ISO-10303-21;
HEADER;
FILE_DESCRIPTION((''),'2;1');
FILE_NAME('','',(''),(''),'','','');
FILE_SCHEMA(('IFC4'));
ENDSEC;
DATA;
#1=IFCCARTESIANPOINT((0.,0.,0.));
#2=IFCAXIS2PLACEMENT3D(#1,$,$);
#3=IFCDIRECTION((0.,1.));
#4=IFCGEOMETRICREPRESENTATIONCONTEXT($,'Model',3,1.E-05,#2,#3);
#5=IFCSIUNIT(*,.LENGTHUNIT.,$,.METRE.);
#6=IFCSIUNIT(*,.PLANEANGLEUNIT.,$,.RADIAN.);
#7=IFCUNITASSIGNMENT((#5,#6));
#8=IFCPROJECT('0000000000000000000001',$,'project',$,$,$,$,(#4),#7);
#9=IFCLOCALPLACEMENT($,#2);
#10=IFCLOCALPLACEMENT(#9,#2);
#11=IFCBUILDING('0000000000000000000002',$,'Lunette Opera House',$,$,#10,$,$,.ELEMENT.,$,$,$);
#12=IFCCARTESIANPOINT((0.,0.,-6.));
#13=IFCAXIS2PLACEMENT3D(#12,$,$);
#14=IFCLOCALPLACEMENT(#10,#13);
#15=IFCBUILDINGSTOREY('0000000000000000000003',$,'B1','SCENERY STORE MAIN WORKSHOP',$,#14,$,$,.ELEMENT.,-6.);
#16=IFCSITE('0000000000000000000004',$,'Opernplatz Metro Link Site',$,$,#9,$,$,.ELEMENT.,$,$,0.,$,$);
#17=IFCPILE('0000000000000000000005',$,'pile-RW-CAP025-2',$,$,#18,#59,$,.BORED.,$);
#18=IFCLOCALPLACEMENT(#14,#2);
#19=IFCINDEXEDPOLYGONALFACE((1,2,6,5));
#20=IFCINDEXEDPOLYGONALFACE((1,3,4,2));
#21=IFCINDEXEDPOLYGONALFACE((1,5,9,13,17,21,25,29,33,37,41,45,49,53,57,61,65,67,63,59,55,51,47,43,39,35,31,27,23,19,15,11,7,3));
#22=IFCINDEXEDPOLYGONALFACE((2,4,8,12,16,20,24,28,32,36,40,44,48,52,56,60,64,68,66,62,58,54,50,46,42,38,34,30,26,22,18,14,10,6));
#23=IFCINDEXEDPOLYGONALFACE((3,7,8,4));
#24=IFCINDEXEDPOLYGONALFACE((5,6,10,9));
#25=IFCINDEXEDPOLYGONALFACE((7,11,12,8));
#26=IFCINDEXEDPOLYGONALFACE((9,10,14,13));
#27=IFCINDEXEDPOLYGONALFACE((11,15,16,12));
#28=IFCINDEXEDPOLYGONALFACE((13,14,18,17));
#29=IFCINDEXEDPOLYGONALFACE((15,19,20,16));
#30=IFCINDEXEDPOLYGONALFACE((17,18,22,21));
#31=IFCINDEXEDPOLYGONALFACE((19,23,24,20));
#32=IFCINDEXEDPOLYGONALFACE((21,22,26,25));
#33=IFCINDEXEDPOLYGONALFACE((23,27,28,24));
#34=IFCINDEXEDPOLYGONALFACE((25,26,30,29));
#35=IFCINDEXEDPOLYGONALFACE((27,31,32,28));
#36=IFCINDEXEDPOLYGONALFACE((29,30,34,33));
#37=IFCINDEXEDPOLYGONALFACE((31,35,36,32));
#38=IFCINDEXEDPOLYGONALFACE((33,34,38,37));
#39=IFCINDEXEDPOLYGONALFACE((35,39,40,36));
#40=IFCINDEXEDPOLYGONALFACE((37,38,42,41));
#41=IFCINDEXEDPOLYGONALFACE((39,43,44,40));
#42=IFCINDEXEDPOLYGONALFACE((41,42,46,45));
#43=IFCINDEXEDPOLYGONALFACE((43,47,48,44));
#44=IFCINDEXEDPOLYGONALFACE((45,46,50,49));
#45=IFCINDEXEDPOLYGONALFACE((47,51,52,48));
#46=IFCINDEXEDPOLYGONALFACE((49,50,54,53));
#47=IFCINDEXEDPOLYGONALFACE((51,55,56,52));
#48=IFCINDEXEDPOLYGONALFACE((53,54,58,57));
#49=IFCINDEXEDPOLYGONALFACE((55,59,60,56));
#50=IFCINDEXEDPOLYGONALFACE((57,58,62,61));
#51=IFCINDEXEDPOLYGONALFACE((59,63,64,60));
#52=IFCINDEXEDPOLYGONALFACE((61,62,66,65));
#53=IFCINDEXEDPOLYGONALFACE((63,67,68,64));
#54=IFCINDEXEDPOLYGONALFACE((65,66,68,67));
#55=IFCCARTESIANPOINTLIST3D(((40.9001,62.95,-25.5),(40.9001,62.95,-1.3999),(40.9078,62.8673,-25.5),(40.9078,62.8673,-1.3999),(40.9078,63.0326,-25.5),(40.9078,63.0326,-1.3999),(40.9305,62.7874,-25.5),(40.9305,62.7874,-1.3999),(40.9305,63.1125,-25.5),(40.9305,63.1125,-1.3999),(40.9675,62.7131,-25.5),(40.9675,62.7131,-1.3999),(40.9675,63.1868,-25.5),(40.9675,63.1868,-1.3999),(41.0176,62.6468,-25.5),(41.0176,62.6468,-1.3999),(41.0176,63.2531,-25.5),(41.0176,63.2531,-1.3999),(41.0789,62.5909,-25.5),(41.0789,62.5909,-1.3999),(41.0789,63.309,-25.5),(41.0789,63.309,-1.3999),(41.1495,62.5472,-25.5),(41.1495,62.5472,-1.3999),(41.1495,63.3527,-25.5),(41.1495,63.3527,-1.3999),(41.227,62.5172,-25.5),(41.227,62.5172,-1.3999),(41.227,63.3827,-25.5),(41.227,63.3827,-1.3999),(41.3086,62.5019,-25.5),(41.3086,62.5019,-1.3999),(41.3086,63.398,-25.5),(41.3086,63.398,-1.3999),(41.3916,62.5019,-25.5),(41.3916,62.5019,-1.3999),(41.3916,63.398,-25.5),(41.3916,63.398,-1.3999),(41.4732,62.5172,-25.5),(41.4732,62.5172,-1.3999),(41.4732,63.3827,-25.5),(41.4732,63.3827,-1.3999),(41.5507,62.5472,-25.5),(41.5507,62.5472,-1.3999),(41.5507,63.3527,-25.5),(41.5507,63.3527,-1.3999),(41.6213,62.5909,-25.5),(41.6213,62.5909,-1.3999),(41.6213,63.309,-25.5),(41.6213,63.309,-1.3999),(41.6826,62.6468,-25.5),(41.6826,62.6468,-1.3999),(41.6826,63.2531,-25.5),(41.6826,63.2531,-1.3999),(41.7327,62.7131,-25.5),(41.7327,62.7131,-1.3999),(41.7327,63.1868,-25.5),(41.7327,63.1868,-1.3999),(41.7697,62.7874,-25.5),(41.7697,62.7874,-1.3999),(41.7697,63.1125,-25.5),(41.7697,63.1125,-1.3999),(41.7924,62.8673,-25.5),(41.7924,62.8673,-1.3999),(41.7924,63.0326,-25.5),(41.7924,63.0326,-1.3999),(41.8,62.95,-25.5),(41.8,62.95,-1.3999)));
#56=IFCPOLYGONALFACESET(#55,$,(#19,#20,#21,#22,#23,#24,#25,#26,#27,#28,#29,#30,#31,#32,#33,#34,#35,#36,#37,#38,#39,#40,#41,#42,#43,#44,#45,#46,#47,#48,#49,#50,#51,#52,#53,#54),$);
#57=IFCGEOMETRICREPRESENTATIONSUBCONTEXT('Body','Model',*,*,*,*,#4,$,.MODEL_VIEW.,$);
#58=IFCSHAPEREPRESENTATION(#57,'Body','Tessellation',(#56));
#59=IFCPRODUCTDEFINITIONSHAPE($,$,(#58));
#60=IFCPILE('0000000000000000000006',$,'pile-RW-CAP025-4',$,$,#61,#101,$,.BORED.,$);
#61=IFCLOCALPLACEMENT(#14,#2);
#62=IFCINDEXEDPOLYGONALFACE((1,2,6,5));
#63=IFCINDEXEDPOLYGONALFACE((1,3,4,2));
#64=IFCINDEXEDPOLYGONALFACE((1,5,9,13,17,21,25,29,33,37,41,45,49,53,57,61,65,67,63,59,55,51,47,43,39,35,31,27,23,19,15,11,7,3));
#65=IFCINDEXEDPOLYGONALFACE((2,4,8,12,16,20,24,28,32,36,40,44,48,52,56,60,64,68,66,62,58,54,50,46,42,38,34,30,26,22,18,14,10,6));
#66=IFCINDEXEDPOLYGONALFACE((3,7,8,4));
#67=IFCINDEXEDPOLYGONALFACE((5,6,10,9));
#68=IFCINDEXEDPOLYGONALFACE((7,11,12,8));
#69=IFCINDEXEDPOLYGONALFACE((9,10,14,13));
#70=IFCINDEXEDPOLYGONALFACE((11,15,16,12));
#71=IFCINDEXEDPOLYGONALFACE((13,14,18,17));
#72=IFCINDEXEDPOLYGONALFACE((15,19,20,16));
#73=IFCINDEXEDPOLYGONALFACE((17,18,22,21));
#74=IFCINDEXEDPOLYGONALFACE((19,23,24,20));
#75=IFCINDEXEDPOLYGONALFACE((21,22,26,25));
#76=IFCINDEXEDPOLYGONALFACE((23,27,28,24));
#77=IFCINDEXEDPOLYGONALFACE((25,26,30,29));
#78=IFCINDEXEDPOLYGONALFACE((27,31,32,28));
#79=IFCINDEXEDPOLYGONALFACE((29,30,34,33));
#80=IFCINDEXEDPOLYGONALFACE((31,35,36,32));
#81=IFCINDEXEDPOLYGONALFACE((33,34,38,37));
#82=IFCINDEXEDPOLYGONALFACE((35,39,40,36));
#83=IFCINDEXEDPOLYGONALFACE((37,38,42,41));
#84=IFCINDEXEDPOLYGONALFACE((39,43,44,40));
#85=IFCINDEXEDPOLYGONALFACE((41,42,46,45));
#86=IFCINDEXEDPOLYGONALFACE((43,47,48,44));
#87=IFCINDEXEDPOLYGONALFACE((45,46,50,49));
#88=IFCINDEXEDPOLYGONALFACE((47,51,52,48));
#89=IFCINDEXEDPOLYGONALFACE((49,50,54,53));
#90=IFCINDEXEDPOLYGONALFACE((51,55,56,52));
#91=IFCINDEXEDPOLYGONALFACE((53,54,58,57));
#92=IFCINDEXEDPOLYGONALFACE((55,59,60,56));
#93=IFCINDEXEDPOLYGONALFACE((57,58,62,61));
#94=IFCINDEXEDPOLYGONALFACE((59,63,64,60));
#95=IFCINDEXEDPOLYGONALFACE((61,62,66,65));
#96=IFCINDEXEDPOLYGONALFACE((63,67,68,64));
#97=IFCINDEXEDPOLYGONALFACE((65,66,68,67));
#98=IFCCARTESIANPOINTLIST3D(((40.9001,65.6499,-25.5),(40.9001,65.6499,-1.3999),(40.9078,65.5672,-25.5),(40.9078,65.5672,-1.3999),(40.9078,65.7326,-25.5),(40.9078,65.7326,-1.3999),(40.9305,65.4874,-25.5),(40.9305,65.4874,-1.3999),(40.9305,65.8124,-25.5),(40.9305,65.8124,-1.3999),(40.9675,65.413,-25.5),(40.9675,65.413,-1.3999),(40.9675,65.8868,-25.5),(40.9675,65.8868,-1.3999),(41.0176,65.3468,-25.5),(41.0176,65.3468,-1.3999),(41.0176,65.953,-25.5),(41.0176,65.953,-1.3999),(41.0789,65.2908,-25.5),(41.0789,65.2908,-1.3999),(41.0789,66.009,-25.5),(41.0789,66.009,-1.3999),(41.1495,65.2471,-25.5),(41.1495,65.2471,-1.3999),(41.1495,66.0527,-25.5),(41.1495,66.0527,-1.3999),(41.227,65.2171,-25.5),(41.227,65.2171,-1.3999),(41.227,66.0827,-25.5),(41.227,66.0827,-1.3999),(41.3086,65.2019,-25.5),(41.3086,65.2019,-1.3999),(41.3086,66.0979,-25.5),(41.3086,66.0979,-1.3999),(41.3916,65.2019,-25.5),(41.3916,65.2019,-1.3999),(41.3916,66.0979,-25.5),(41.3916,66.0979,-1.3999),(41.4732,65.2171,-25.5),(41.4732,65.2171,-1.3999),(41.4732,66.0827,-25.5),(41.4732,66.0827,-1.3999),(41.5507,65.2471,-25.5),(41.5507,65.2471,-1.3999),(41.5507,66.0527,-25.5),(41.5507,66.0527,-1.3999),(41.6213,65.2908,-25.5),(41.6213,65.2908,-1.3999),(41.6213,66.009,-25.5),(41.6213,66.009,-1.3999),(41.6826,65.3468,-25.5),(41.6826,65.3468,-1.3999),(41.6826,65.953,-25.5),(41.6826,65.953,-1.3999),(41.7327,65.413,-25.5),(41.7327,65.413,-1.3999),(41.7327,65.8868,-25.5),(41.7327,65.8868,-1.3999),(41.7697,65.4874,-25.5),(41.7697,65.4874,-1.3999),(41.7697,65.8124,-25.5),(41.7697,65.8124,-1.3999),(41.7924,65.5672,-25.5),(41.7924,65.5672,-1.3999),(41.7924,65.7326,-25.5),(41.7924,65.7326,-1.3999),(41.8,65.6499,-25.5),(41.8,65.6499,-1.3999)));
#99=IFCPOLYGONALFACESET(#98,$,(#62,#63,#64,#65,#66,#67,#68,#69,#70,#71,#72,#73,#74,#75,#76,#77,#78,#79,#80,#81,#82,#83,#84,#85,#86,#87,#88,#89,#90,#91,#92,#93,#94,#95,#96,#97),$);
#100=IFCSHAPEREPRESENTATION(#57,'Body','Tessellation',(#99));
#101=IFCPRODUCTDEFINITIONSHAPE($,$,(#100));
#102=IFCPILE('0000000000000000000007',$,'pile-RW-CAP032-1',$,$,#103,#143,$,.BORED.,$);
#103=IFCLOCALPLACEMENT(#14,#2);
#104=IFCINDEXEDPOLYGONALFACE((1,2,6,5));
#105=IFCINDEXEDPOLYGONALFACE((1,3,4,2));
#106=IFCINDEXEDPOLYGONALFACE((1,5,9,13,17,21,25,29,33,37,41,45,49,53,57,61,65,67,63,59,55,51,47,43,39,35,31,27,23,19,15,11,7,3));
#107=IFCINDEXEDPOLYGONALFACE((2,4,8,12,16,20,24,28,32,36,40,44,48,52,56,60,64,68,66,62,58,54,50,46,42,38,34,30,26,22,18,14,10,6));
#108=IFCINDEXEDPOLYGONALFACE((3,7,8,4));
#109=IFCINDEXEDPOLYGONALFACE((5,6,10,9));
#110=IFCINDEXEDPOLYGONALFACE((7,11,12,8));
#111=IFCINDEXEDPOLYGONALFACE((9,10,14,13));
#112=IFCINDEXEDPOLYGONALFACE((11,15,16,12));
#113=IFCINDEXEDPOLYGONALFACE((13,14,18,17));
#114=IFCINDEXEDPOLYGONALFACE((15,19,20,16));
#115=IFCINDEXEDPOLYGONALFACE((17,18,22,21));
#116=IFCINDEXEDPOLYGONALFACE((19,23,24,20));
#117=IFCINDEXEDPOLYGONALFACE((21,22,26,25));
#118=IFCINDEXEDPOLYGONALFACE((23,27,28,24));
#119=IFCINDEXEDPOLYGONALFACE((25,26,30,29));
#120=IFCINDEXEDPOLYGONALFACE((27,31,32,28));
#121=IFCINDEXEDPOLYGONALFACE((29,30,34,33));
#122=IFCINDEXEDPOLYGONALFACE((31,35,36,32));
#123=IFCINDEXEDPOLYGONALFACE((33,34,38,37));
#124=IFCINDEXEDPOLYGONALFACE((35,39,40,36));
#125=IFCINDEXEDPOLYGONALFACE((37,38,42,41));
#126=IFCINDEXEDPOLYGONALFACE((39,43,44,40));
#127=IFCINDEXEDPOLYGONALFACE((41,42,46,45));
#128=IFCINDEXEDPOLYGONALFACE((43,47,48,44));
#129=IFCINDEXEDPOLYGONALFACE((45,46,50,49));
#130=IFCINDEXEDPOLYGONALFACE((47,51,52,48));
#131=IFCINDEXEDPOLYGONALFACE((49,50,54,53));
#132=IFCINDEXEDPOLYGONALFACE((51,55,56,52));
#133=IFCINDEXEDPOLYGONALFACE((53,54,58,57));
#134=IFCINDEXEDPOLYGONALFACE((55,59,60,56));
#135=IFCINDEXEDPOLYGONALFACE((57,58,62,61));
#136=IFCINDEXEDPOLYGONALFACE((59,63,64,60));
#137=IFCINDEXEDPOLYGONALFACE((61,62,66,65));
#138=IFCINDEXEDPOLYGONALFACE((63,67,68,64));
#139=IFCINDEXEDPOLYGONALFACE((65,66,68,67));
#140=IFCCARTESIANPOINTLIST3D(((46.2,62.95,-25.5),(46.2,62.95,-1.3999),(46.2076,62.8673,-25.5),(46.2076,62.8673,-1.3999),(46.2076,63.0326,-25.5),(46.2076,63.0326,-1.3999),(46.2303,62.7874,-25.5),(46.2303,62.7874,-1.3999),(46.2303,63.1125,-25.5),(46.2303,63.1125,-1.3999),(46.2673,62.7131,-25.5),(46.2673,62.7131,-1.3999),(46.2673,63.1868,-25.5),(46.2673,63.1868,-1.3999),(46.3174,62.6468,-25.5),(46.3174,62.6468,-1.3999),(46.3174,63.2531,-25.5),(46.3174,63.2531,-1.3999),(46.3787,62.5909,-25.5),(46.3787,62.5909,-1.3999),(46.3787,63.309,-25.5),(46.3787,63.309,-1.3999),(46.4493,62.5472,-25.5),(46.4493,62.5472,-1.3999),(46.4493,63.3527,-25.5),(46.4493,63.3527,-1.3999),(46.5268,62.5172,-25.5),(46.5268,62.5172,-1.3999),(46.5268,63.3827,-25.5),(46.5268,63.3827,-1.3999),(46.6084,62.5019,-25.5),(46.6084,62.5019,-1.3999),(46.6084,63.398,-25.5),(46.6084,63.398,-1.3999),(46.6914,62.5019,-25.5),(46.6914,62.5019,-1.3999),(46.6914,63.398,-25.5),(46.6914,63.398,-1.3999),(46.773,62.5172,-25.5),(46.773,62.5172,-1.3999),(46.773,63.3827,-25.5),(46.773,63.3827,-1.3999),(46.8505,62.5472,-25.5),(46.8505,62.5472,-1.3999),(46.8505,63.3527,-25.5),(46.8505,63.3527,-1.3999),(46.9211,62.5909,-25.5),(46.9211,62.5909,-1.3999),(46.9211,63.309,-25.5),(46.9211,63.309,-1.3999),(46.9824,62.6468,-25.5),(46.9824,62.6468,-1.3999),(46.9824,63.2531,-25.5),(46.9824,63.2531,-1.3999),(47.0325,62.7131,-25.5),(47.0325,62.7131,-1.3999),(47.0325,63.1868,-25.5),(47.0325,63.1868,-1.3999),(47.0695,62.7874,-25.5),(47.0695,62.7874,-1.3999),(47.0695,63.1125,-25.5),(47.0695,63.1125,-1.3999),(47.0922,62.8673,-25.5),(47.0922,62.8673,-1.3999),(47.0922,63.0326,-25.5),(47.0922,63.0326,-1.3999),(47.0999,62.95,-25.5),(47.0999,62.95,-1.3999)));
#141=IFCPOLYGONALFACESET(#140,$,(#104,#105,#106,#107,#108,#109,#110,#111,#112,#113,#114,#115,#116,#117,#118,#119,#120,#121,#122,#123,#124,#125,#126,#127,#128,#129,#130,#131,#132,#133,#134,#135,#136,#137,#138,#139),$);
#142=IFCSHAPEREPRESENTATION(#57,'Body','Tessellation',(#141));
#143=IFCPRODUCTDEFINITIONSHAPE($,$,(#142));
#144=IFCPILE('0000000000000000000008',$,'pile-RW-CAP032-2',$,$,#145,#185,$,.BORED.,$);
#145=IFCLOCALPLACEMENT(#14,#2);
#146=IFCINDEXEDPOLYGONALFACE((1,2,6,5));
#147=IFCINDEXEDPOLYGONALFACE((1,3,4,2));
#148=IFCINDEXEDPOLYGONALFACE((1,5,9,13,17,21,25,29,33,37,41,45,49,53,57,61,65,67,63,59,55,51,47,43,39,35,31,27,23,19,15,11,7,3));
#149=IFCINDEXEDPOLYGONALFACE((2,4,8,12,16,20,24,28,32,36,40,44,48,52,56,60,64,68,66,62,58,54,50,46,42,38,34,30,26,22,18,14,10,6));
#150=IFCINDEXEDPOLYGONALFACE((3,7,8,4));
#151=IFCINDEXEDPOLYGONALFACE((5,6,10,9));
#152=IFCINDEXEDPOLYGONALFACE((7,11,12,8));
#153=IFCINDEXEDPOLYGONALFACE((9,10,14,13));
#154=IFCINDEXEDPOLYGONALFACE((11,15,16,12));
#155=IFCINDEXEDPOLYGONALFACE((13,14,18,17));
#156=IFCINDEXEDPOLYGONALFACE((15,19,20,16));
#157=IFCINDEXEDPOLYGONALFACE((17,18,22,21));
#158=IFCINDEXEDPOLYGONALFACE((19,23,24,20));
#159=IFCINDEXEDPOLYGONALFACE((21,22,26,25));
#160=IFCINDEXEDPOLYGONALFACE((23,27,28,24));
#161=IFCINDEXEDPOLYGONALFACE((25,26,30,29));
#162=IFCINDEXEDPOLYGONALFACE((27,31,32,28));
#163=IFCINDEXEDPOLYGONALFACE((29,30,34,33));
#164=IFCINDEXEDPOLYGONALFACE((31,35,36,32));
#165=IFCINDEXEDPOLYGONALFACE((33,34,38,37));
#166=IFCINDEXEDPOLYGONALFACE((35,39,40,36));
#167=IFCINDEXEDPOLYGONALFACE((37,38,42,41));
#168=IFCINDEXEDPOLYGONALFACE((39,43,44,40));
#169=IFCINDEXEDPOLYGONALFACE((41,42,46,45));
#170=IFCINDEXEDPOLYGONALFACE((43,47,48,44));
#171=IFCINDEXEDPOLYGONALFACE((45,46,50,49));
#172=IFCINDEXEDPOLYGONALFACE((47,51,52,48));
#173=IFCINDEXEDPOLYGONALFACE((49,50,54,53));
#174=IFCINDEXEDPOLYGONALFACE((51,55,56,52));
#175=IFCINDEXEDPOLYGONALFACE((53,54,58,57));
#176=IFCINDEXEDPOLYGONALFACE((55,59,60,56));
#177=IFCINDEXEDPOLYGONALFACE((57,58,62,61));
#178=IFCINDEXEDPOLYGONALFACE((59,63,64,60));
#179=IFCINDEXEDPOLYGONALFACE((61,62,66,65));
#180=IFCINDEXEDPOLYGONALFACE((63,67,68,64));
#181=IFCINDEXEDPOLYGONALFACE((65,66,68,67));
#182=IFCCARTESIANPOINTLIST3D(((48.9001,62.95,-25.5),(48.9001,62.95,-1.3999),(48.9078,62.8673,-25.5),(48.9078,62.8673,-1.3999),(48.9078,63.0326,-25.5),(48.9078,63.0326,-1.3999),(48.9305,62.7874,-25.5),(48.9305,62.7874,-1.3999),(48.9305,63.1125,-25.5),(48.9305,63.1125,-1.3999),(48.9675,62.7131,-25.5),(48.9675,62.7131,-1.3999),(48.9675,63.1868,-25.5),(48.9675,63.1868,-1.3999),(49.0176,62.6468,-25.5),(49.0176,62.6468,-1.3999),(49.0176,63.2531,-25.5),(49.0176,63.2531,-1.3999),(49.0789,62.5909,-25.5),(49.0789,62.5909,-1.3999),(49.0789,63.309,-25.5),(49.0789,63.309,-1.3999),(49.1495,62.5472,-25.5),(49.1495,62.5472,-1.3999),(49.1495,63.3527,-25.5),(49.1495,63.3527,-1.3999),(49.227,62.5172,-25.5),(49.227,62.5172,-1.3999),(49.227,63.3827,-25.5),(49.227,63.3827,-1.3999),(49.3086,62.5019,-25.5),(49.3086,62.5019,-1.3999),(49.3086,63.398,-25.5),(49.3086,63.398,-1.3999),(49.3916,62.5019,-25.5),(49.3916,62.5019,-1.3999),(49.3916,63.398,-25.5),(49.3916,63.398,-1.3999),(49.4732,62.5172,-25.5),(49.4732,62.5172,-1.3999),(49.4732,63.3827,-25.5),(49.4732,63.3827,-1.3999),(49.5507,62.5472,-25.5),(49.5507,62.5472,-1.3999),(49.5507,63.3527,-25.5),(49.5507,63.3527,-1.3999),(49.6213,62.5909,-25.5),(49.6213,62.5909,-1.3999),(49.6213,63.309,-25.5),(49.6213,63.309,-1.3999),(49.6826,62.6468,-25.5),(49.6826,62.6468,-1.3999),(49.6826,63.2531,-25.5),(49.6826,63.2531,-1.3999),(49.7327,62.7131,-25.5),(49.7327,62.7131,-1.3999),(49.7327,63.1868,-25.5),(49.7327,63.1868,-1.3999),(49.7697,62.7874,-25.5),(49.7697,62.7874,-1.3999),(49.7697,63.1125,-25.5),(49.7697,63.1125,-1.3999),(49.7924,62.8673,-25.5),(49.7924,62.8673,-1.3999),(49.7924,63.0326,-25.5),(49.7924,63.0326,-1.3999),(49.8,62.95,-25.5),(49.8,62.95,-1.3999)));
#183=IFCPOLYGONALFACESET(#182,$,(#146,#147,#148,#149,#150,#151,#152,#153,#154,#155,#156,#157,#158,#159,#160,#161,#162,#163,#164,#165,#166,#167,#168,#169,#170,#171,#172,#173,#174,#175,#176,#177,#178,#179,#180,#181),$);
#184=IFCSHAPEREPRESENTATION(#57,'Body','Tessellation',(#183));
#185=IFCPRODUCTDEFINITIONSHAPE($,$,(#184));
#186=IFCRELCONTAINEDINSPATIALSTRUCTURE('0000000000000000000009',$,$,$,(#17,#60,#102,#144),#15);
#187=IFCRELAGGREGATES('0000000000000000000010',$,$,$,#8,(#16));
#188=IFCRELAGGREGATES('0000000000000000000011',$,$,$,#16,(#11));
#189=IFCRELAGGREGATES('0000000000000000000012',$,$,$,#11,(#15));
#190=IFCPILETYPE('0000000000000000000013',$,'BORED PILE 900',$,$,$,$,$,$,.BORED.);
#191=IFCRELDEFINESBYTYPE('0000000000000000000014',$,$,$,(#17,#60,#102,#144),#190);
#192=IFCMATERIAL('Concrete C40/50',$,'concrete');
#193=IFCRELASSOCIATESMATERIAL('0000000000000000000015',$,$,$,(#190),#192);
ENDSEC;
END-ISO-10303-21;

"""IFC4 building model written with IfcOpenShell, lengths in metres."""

from ifc_helpers import new_model, si_unit, direction, frame, origin, origin_2d, place, context, subcontext, project, spatial, circle, extrude, material, material_profile, profile_set, type_object, element, save


model = new_model("IFC4")

# Units and contexts
model_context = context("Model", 3, precision=1e-05, world=origin(), true_north=direction((0.0, 1.0)))
body_context = subcontext(model_context, "Body", "Model", "MODEL_VIEW")
ifc_project = project(units=[si_unit("LENGTHUNIT", "METRE"), si_unit("PLANEANGLEUNIT", "RADIAN")], contexts=[model_context])

# Site, building, storey
site_placement = place(None, origin())
site = spatial("IfcSite", under=ifc_project, at=site_placement, Name="Opernplatz Metro Link Site", CompositionType="ELEMENT", RefElevation=0.0)
building_placement = place(site_placement, origin())
building = spatial("IfcBuilding", under=site, at=building_placement, Name="Lunette Opera House", CompositionType="ELEMENT")
storey_placement = place(building_placement, frame((0.0, 0.0, -6.0)))
storey = spatial("IfcBuildingStorey", under=building, at=storey_placement, Name="B1", Description="SCENERY STORE MAIN WORKSHOP", CompositionType="ELEMENT", Elevation=-6.0)

# Piles
ifc_material_1 = material(Name="Concrete C40/50", Category="concrete")
ifc_material_profile_1 = material_profile(ifc_material_1, circle(Radius=0.45, at=origin_2d()), Name="BORED PILE 900")
ifc_profile_set_1 = profile_set([ifc_material_profile_1], Name="Concrete C40/50")
pile_type = type_object("IfcPileType", Name="BORED PILE 900", PredefinedType="BORED", material=ifc_profile_set_1)
for number, where, z_axis, x_axis, name in (
    (1, (41.3501, 62.95, -1.3999), (0.0, 0.0, -1.0), (1.0, 0.0, 0.0), "pile-RW-CAP025-2"),
    (2, (41.3501, 65.6499, -1.3999), (0.0, 0.0, -1.0), (1.0, 0.0, 0.0), "pile-RW-CAP025-4"),
    (3, (46.6499, 62.95, -1.3999), (0.0, 0.0, -1.0), (1.0, 0.0, 0.0), "pile-RW-CAP032-1"),
    (4, (49.3501, 62.95, -1.3999), (0.0, 0.0, -1.0), (1.0, 0.0, 0.0), "pile-RW-CAP032-2"),
):
    element("IfcPile", number, at=place(storey_placement, frame(where, z_axis=z_axis, x_axis=x_axis)), inside=storey, type_object=pile_type, Name=name, PredefinedType="BORED", context=body_context, shape_type="SweptSolid", body=[
        extrude(circle(Radius=0.45, at=origin_2d()), origin(), (0.0, 0.0, 1.0), 24.1001),
    ])

save(model, "model.ifc")
